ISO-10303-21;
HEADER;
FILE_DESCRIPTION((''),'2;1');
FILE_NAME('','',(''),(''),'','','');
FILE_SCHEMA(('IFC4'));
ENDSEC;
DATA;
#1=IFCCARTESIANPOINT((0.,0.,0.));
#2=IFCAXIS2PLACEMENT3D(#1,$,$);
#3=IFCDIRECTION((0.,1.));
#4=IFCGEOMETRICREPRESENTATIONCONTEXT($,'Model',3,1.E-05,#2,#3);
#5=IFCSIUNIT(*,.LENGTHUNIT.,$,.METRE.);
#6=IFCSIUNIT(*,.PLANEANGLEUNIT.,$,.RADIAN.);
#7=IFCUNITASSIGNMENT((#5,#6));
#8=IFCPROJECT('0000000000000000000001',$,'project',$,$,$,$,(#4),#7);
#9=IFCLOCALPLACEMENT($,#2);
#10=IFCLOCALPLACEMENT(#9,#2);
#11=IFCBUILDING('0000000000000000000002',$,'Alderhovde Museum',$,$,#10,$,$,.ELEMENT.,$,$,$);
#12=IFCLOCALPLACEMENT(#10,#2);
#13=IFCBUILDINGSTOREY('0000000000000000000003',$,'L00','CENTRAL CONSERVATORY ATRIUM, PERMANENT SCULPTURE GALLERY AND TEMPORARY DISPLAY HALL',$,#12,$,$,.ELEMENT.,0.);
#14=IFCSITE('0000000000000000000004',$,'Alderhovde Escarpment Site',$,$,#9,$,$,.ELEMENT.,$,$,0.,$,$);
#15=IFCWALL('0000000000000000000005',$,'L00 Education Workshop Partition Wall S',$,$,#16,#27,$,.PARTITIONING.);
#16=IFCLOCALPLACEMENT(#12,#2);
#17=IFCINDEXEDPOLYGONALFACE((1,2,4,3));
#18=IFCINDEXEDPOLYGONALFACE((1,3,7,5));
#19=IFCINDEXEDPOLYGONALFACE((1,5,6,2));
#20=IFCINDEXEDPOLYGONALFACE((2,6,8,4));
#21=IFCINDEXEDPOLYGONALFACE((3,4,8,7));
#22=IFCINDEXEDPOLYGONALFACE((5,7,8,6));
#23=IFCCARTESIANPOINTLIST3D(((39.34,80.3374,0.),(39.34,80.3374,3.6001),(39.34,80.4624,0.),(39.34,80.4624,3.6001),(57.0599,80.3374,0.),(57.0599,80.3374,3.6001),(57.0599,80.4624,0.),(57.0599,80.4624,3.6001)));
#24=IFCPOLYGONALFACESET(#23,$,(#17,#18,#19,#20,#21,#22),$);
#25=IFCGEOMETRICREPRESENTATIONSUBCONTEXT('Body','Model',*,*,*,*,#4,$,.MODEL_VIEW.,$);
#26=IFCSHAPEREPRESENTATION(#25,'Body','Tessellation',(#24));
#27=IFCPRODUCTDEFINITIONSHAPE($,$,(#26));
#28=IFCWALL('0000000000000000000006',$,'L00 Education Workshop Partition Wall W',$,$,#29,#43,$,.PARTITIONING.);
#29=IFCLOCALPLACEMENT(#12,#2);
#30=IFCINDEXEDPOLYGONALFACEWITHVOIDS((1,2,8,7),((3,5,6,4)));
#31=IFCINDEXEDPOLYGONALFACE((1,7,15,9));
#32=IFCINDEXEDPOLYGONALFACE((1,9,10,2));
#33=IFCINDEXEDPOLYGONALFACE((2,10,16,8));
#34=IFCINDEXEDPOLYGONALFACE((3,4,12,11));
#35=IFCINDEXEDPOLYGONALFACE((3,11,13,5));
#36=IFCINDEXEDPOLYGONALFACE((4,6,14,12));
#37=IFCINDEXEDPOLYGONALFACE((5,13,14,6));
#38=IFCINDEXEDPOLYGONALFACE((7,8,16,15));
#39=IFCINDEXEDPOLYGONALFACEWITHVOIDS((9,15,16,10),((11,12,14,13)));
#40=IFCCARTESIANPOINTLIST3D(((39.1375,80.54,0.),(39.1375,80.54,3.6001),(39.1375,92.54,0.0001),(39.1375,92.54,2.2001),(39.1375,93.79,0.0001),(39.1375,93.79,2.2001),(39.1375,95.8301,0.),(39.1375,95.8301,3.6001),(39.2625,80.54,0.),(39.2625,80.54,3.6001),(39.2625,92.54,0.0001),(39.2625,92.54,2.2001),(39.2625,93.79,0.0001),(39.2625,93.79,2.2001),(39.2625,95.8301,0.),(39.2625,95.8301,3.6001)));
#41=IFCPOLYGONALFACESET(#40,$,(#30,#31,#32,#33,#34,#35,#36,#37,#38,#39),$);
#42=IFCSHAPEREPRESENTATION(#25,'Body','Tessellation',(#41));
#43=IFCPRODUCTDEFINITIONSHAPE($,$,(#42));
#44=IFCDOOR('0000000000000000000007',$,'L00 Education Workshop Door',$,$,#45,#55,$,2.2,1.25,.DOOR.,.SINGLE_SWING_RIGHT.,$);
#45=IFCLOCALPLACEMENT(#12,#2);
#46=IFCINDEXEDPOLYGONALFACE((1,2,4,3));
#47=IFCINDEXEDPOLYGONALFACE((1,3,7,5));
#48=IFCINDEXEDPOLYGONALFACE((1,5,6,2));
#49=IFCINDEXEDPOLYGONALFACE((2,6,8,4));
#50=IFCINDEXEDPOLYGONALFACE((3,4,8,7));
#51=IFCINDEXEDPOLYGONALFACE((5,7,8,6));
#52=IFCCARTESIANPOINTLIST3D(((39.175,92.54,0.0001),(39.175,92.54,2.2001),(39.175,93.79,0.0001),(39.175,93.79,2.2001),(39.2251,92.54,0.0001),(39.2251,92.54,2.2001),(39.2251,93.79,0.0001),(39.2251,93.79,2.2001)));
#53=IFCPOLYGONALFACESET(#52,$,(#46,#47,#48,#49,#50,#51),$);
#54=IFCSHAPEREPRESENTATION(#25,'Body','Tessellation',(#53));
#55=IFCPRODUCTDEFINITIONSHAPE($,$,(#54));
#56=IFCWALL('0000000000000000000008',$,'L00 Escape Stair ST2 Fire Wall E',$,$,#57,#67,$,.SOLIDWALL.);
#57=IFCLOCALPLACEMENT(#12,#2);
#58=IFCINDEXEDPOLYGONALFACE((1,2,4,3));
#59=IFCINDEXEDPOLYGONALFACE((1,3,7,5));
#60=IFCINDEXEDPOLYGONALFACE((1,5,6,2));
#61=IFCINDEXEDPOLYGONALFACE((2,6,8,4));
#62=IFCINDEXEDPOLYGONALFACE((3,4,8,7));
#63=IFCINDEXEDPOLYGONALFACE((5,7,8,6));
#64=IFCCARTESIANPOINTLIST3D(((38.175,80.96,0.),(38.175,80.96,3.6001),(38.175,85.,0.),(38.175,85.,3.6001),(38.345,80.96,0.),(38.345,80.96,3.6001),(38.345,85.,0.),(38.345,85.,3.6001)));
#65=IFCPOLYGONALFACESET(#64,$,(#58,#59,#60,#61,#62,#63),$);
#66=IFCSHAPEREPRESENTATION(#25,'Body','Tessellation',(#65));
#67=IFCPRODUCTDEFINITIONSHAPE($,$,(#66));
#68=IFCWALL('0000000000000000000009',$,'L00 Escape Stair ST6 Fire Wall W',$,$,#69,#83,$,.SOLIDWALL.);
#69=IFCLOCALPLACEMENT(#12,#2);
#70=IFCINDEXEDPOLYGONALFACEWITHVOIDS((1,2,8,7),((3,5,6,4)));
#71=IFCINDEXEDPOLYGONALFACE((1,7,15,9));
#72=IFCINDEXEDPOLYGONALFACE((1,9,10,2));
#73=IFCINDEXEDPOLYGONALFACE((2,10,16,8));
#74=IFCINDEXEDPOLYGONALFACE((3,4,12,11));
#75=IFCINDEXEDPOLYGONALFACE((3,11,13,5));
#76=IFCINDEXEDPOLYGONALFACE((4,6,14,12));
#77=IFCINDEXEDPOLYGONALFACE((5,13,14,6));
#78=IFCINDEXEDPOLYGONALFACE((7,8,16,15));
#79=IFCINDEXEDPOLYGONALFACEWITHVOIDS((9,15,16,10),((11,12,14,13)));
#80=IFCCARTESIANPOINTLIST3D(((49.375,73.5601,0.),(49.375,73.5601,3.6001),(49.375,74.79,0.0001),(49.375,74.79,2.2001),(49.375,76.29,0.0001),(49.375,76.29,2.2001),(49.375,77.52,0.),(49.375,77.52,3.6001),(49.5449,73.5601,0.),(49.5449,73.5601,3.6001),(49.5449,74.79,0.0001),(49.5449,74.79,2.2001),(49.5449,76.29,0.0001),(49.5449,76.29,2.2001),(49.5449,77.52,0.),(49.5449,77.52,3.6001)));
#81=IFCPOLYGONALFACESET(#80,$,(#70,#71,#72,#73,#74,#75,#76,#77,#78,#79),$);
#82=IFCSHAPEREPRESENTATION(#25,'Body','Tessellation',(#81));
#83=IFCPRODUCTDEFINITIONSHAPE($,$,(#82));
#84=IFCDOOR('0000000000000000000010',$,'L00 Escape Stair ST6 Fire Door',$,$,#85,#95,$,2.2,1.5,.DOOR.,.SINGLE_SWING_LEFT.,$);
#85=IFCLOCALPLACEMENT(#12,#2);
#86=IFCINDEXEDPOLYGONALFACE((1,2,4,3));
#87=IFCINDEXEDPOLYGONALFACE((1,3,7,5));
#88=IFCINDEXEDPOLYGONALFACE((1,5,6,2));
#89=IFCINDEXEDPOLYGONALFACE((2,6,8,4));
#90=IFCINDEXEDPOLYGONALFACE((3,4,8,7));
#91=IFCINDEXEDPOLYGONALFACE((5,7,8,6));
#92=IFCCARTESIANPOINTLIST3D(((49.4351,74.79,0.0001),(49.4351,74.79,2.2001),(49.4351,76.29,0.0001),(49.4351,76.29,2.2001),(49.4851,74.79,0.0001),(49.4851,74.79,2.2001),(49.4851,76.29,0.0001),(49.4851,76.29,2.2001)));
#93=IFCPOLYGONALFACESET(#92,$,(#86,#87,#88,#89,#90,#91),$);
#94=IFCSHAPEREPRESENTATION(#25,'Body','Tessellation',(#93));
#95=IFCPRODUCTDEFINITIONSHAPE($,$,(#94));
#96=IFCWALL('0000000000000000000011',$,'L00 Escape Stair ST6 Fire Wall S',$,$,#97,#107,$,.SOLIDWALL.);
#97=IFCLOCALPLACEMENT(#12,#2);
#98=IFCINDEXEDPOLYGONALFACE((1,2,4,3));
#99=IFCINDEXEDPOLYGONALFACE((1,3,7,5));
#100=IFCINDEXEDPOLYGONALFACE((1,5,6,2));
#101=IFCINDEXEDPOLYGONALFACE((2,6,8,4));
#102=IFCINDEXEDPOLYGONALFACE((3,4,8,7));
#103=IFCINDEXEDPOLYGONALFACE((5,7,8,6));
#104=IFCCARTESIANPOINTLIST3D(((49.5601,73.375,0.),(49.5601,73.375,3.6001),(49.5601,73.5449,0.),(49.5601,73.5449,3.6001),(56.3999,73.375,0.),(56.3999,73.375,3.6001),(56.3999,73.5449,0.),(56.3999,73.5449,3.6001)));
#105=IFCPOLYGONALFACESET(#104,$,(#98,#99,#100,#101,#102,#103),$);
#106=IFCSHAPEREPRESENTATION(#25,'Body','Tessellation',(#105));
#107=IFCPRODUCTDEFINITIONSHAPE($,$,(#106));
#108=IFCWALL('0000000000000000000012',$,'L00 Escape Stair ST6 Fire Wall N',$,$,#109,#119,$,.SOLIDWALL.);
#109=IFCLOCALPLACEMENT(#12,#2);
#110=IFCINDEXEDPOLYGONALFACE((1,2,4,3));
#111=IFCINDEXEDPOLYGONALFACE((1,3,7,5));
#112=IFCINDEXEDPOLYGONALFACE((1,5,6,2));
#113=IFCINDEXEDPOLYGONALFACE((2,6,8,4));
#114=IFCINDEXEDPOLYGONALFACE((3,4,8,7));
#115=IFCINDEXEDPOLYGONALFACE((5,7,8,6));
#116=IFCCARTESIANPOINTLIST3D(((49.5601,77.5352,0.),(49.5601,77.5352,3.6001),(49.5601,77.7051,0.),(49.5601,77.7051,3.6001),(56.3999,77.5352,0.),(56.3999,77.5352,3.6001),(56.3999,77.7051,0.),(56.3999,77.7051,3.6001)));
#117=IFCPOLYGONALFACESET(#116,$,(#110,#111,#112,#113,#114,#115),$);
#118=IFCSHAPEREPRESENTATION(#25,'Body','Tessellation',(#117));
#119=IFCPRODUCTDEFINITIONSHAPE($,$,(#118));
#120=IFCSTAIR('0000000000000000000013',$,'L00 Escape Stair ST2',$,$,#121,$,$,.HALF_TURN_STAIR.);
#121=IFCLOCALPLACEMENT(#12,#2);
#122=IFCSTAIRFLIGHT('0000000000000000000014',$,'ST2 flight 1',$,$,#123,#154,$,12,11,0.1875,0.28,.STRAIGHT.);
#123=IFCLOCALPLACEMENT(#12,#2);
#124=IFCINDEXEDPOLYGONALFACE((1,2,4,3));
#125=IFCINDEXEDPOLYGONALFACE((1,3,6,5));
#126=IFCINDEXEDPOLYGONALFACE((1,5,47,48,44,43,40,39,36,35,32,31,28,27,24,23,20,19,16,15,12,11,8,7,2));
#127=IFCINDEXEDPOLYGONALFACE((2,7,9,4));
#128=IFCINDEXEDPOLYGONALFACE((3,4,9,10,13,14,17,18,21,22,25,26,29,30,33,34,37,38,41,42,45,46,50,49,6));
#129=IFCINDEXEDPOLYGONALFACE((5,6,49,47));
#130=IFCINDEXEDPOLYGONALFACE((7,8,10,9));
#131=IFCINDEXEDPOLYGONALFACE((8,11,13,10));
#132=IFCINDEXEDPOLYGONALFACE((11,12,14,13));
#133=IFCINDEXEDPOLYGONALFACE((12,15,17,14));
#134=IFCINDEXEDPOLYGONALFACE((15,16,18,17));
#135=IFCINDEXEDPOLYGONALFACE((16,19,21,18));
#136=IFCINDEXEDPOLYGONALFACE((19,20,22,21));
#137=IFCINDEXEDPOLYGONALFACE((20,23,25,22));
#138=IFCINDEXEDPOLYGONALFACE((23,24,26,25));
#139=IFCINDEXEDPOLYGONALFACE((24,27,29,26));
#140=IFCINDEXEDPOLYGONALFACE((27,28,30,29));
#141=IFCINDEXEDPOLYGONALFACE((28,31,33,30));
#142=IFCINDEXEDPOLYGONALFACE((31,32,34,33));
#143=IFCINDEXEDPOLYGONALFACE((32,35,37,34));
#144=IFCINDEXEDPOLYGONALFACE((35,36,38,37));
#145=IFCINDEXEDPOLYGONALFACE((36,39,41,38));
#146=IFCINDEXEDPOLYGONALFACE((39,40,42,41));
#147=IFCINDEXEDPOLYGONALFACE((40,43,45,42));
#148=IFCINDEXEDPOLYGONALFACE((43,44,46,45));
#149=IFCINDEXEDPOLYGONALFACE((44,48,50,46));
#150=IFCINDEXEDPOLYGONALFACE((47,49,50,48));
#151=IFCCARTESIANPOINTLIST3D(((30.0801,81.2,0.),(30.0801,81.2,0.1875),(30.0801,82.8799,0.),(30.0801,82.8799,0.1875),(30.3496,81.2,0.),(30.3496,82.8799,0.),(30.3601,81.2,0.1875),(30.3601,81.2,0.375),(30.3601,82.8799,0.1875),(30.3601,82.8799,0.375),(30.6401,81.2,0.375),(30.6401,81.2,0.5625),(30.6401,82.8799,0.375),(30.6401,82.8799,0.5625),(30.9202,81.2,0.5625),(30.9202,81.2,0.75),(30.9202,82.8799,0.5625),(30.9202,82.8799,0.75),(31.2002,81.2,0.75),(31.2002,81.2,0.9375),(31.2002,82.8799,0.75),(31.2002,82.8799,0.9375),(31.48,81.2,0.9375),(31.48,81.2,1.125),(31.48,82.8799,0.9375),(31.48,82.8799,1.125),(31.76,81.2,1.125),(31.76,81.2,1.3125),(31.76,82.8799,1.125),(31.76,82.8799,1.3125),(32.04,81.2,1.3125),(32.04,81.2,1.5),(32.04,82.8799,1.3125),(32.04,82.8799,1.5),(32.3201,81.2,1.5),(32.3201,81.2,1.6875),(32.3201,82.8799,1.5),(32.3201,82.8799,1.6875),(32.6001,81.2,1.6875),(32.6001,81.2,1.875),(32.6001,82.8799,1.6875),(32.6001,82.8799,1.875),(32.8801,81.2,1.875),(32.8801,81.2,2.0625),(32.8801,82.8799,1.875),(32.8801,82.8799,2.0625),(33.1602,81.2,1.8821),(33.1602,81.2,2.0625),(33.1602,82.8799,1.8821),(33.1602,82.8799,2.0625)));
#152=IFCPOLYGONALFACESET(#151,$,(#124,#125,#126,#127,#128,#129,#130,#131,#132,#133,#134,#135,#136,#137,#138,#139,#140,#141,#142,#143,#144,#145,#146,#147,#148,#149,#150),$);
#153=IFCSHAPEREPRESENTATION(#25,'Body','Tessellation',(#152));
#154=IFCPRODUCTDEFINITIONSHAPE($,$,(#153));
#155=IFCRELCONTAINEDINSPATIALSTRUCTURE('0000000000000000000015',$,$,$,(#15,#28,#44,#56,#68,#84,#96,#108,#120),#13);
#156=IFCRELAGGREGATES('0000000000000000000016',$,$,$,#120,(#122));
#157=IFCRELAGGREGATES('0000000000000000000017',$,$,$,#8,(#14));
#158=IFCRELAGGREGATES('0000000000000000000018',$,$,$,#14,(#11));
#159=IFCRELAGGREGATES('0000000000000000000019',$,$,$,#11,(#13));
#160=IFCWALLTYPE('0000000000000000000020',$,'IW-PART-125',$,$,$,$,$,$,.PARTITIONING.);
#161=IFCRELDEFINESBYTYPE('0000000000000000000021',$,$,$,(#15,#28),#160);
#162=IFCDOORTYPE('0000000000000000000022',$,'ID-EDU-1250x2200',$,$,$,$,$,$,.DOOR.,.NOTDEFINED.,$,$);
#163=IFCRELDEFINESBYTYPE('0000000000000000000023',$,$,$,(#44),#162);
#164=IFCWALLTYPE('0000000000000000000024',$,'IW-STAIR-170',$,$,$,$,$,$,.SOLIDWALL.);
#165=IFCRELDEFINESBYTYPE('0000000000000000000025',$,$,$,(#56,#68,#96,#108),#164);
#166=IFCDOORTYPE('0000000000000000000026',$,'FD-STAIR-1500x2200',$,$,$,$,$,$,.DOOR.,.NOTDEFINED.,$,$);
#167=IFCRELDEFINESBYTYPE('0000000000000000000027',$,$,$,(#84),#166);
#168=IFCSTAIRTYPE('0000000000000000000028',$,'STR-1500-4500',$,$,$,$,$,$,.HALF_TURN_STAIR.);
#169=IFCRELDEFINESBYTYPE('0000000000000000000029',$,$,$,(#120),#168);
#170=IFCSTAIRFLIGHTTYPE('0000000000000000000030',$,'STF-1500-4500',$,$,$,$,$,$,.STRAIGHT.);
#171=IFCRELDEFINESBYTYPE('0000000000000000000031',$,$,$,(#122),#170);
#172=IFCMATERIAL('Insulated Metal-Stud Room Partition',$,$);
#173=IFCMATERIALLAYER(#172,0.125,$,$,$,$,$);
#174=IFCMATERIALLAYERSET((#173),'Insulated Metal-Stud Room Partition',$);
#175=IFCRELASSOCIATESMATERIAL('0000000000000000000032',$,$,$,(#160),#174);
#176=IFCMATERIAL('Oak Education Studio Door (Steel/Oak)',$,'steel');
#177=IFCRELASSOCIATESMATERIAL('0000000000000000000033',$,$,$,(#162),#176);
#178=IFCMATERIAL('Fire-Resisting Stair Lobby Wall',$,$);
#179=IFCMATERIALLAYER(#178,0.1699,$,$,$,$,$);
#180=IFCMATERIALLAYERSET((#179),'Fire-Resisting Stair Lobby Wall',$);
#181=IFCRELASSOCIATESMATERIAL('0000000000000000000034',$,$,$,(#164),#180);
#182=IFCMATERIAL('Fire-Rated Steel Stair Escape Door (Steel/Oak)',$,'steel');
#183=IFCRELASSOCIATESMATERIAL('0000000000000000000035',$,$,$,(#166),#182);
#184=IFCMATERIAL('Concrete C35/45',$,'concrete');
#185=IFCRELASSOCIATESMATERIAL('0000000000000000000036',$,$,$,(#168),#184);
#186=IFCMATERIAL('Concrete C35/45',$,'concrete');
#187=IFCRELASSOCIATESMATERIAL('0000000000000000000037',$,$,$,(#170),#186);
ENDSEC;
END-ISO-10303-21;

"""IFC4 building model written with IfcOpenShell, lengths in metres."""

from ifc_helpers import new_model, si_unit, direction, frame, frame_2d, origin, place, context, subcontext, project, spatial, polyline, rectangle, outline, extrude, material, layer, layer_set, type_object, element, fill, aggregate, save


model = new_model("IFC4")

# Units and contexts
model_context = context("Model", 3, precision=1e-05, world=origin(), true_north=direction((0.0, 1.0)))
body_context = subcontext(model_context, "Body", "Model", "MODEL_VIEW")
ifc_project = project(units=[si_unit("LENGTHUNIT", "METRE"), si_unit("PLANEANGLEUNIT", "RADIAN")], contexts=[model_context])

# Site, building, storey
site_placement = place(None, origin())
site = spatial("IfcSite", under=ifc_project, at=site_placement, Name="Alderhovde Escarpment Site", CompositionType="ELEMENT", RefElevation=0.0)
building_placement = place(site_placement, origin())
building = spatial("IfcBuilding", under=site, at=building_placement, Name="Alderhovde Museum", CompositionType="ELEMENT")
storey_placement = place(building_placement, origin())
storey = spatial("IfcBuildingStorey", under=building, at=storey_placement, Name="L00", Description="CENTRAL CONSERVATORY ATRIUM, PERMANENT SCULPTURE GALLERY AND TEMPORARY DISPLAY HALL", CompositionType="ELEMENT", Elevation=0.0)

# Wall
ifc_material_1 = material(Name="Insulated Metal-Stud Room Partition")
ifc_layer_1 = layer(ifc_material_1, 0.125)
ifc_layer_set_1 = layer_set([ifc_layer_1], Name="Insulated Metal-Stud Room Partition")
wall_type_1 = type_object("IfcWallType", Name="IW-PART-125", PredefinedType="PARTITIONING", material=ifc_layer_set_1)
wall_1_placement = place(storey_placement, frame((39.3401, 80.3999, 0.0), z_axis=(0.0, 0.0, 1.0), x_axis=(1.0, 0.0, 0.0)))
element("IfcWall", 1, at=wall_1_placement, inside=storey, type_object=wall_type_1, Name="L00 Education Workshop Partition Wall S", PredefinedType="PARTITIONING", context=body_context, shape_type="SweptSolid", body=[
    extrude(rectangle(XDim=17.72, YDim=0.125, at=frame_2d((8.8599, 0.0))), origin(), (0.0, 0.0, 1.0), 3.6001),
])

# Wall, opening, door
wall_2_placement = place(storey_placement, frame((39.2, 80.54, 0.0), z_axis=(0.0, 0.0, 1.0), x_axis=(0.0, 1.0, 0.0)))
wall_2 = element("IfcWall", 2, at=wall_2_placement, inside=storey, type_object=wall_type_1, Name="L00 Education Workshop Partition Wall W", PredefinedType="PARTITIONING", context=body_context, shape_type="SweptSolid", body=[
    extrude(rectangle(XDim=15.29, YDim=0.125, at=frame_2d((7.645, 0.0))), origin(), (0.0, 0.0, 1.0), 3.6001),
])
opening_1_placement = place(wall_2_placement, frame((12.0, 0.0, 0.0)))
opening_1 = element("IfcOpeningElement", 3, at=opening_1_placement, cuts=wall_2, PredefinedType="OPENING", context=body_context, shape_type="SweptSolid", body=[
    extrude(rectangle(XDim=1.25, YDim=2.2, at=frame_2d((0.625, 1.1001))), frame((0.0, 0.0725, 0.0), z_axis=(0.0, -1.0, 0.0), x_axis=(1.0, 0.0, 0.0)), (0.0, 0.0, 1.0), 0.145),
])
ifc_material_2 = material(Name="Oak Education Studio Door (Steel/Oak)", Category="steel")
door_type_1 = type_object("IfcDoorType", Name="ID-EDU-1250x2200", OperationType="NOTDEFINED", PredefinedType="DOOR", material=ifc_material_2)
door_1_placement = place(opening_1_placement, origin())
door_1 = element("IfcDoor", 4, at=door_1_placement, inside=storey, type_object=door_type_1, Name="L00 Education Workshop Door", OperationType="SINGLE_SWING_RIGHT", OverallHeight=2.2, OverallWidth=1.25, PredefinedType="DOOR", context=body_context, shape_type="SweptSolid", body=[
    extrude(rectangle(XDim=1.25, YDim=2.2, at=frame_2d((0.625, 1.1001))), frame((0.0, 0.0249, 0.0), z_axis=(0.0, -1.0, 0.0), x_axis=(1.0, 0.0, 0.0)), (0.0, 0.0, 1.0), 0.05),
])
fill(opening_1, door_1)

# Wall
ifc_material_3 = material(Name="Fire-Resisting Stair Lobby Wall")
ifc_layer_2 = layer(ifc_material_3, 0.1699)
ifc_layer_set_2 = layer_set([ifc_layer_2], Name="Fire-Resisting Stair Lobby Wall")
wall_type_2 = type_object("IfcWallType", Name="IW-STAIR-170", PredefinedType="SOLIDWALL", material=ifc_layer_set_2)
wall_3_placement = place(storey_placement, frame((38.26, 80.96, 0.0), z_axis=(0.0, 0.0, 1.0), x_axis=(0.0, 1.0, 0.0)))
element("IfcWall", 5, at=wall_3_placement, inside=storey, type_object=wall_type_2, Name="L00 Escape Stair ST2 Fire Wall E", PredefinedType="SOLIDWALL", context=body_context, shape_type="SweptSolid", body=[
    extrude(rectangle(XDim=4.04, YDim=0.1699, at=frame_2d((2.02, 0.0))), origin(), (0.0, 0.0, 1.0), 3.6001),
])

# Wall, opening, door
wall_4_placement = place(storey_placement, frame((49.46, 73.5601, 0.0), z_axis=(0.0, 0.0, 1.0), x_axis=(0.0, 1.0, 0.0)))
wall_4 = element("IfcWall", 6, at=wall_4_placement, inside=storey, type_object=wall_type_2, Name="L00 Escape Stair ST6 Fire Wall W", PredefinedType="SOLIDWALL", context=body_context, shape_type="SweptSolid", body=[
    extrude(rectangle(XDim=3.96, YDim=0.1699, at=frame_2d((1.98, 0.0))), origin(), (0.0, 0.0, 1.0), 3.6001),
])
opening_2_placement = place(wall_4_placement, frame((1.23, 0.0, 0.0)))
opening_2 = element("IfcOpeningElement", 7, at=opening_2_placement, cuts=wall_4, PredefinedType="OPENING", context=body_context, shape_type="SweptSolid", body=[
    extrude(rectangle(XDim=1.5, YDim=2.2, at=frame_2d((0.75, 1.1001))), frame((0.0, 0.095, 0.0), z_axis=(0.0, -1.0, 0.0), x_axis=(1.0, 0.0, 0.0)), (0.0, 0.0, 1.0), 0.1899),
])
ifc_material_4 = material(Name="Fire-Rated Steel Stair Escape Door (Steel/Oak)", Category="steel")
door_type_2 = type_object("IfcDoorType", Name="FD-STAIR-1500x2200", OperationType="NOTDEFINED", PredefinedType="DOOR", material=ifc_material_4)
door_2_placement = place(opening_2_placement, origin())
door_2 = element("IfcDoor", 8, at=door_2_placement, inside=storey, type_object=door_type_2, Name="L00 Escape Stair ST6 Fire Door", OperationType="SINGLE_SWING_LEFT", OverallHeight=2.2, OverallWidth=1.5, PredefinedType="DOOR", context=body_context, shape_type="SweptSolid", body=[
    extrude(rectangle(XDim=1.5, YDim=2.2, at=frame_2d((0.75, 1.1001))), frame((0.0, 0.0249, 0.0), z_axis=(0.0, -1.0, 0.0), x_axis=(1.0, 0.0, 0.0)), (0.0, 0.0, 1.0), 0.05),
])
fill(opening_2, door_2)

# Walls
for number, where, z_axis, x_axis, name in (
    (9, (49.5601, 73.46, 0.0), (0.0, 0.0, 1.0), (1.0, 0.0, 0.0), "L00 Escape Stair ST6 Fire Wall S"),
    (10, (49.5601, 77.6201, 0.0), (0.0, 0.0, 1.0), (1.0, 0.0, 0.0), "L00 Escape Stair ST6 Fire Wall N"),
):
    element("IfcWall", number, at=place(storey_placement, frame(where, z_axis=z_axis, x_axis=x_axis)), inside=storey, type_object=wall_type_2, Name=name, PredefinedType="SOLIDWALL", context=body_context, shape_type="SweptSolid", body=[
        extrude(rectangle(XDim=6.8398, YDim=0.1699, at=frame_2d((3.4199, 0.0))), origin(), (0.0, 0.0, 1.0), 3.6001),
    ])

# Stair, stair flight
ifc_material_5 = material(Name="Concrete C35/45", Category="concrete")
stair_type = type_object("IfcStairType", Name="STR-1500-4500", PredefinedType="HALF_TURN_STAIR", material=ifc_material_5)
stair_placement = place(storey_placement, origin())
stair = element("IfcStair", 11, at=stair_placement, inside=storey, type_object=stair_type, Name="L00 Escape Stair ST2", PredefinedType="HALF_TURN_STAIR")
ifc_material_6 = material(Name="Concrete C35/45", Category="concrete")
stair_flight_type = type_object("IfcStairFlightType", Name="STF-1500-4500", PredefinedType="STRAIGHT", material=ifc_material_6)
stair_flight_1_placement = place(storey_placement, frame((30.0801, 82.04, 0.0), z_axis=(0.0, 0.0, 1.0), x_axis=(1.0, 0.0, 0.0)))
stair_flight_1 = element("IfcStairFlight", 12, at=stair_flight_1_placement, type_object=stair_flight_type, Name="ST2 flight 1", NumberOfRisers=12, NumberOfTreads=11, PredefinedType="STRAIGHT", RiserHeight=0.1875, TreadLength=0.28, context=body_context, shape_type="SweptSolid", body=[
    extrude(outline(polyline([(0.0, 0.0), (0.0, 0.1875), (0.28, 0.1875), (0.28, 0.375), (0.5601, 0.375), (0.5601, 0.5625), (0.8401, 0.5625), (0.8401, 0.75), (1.1201, 0.75), (1.1201, 0.9375), (1.3999, 0.9375), (1.3999, 1.125), (1.6799, 1.125), (1.6799, 1.3125), (1.96, 1.3125), (1.96, 1.5), (2.24, 1.5), (2.24, 1.6875), (2.52, 1.6875), (2.52, 1.875), (2.8, 1.875), (2.8, 2.0625), (3.0801, 2.0625), (3.0801, 2.25), (3.0801, 1.8821), (0.2695, 0.0), (0.0, 0.0)])), frame((0.0, 0.8398, 0.0), z_axis=(0.0, -1.0, 0.0), x_axis=(1.0, 0.0, 0.0)), (0.0, 0.0, 1.0), 1.6799),
])
aggregate(stair, [stair_flight_1])

save(model, "model.ifc")
